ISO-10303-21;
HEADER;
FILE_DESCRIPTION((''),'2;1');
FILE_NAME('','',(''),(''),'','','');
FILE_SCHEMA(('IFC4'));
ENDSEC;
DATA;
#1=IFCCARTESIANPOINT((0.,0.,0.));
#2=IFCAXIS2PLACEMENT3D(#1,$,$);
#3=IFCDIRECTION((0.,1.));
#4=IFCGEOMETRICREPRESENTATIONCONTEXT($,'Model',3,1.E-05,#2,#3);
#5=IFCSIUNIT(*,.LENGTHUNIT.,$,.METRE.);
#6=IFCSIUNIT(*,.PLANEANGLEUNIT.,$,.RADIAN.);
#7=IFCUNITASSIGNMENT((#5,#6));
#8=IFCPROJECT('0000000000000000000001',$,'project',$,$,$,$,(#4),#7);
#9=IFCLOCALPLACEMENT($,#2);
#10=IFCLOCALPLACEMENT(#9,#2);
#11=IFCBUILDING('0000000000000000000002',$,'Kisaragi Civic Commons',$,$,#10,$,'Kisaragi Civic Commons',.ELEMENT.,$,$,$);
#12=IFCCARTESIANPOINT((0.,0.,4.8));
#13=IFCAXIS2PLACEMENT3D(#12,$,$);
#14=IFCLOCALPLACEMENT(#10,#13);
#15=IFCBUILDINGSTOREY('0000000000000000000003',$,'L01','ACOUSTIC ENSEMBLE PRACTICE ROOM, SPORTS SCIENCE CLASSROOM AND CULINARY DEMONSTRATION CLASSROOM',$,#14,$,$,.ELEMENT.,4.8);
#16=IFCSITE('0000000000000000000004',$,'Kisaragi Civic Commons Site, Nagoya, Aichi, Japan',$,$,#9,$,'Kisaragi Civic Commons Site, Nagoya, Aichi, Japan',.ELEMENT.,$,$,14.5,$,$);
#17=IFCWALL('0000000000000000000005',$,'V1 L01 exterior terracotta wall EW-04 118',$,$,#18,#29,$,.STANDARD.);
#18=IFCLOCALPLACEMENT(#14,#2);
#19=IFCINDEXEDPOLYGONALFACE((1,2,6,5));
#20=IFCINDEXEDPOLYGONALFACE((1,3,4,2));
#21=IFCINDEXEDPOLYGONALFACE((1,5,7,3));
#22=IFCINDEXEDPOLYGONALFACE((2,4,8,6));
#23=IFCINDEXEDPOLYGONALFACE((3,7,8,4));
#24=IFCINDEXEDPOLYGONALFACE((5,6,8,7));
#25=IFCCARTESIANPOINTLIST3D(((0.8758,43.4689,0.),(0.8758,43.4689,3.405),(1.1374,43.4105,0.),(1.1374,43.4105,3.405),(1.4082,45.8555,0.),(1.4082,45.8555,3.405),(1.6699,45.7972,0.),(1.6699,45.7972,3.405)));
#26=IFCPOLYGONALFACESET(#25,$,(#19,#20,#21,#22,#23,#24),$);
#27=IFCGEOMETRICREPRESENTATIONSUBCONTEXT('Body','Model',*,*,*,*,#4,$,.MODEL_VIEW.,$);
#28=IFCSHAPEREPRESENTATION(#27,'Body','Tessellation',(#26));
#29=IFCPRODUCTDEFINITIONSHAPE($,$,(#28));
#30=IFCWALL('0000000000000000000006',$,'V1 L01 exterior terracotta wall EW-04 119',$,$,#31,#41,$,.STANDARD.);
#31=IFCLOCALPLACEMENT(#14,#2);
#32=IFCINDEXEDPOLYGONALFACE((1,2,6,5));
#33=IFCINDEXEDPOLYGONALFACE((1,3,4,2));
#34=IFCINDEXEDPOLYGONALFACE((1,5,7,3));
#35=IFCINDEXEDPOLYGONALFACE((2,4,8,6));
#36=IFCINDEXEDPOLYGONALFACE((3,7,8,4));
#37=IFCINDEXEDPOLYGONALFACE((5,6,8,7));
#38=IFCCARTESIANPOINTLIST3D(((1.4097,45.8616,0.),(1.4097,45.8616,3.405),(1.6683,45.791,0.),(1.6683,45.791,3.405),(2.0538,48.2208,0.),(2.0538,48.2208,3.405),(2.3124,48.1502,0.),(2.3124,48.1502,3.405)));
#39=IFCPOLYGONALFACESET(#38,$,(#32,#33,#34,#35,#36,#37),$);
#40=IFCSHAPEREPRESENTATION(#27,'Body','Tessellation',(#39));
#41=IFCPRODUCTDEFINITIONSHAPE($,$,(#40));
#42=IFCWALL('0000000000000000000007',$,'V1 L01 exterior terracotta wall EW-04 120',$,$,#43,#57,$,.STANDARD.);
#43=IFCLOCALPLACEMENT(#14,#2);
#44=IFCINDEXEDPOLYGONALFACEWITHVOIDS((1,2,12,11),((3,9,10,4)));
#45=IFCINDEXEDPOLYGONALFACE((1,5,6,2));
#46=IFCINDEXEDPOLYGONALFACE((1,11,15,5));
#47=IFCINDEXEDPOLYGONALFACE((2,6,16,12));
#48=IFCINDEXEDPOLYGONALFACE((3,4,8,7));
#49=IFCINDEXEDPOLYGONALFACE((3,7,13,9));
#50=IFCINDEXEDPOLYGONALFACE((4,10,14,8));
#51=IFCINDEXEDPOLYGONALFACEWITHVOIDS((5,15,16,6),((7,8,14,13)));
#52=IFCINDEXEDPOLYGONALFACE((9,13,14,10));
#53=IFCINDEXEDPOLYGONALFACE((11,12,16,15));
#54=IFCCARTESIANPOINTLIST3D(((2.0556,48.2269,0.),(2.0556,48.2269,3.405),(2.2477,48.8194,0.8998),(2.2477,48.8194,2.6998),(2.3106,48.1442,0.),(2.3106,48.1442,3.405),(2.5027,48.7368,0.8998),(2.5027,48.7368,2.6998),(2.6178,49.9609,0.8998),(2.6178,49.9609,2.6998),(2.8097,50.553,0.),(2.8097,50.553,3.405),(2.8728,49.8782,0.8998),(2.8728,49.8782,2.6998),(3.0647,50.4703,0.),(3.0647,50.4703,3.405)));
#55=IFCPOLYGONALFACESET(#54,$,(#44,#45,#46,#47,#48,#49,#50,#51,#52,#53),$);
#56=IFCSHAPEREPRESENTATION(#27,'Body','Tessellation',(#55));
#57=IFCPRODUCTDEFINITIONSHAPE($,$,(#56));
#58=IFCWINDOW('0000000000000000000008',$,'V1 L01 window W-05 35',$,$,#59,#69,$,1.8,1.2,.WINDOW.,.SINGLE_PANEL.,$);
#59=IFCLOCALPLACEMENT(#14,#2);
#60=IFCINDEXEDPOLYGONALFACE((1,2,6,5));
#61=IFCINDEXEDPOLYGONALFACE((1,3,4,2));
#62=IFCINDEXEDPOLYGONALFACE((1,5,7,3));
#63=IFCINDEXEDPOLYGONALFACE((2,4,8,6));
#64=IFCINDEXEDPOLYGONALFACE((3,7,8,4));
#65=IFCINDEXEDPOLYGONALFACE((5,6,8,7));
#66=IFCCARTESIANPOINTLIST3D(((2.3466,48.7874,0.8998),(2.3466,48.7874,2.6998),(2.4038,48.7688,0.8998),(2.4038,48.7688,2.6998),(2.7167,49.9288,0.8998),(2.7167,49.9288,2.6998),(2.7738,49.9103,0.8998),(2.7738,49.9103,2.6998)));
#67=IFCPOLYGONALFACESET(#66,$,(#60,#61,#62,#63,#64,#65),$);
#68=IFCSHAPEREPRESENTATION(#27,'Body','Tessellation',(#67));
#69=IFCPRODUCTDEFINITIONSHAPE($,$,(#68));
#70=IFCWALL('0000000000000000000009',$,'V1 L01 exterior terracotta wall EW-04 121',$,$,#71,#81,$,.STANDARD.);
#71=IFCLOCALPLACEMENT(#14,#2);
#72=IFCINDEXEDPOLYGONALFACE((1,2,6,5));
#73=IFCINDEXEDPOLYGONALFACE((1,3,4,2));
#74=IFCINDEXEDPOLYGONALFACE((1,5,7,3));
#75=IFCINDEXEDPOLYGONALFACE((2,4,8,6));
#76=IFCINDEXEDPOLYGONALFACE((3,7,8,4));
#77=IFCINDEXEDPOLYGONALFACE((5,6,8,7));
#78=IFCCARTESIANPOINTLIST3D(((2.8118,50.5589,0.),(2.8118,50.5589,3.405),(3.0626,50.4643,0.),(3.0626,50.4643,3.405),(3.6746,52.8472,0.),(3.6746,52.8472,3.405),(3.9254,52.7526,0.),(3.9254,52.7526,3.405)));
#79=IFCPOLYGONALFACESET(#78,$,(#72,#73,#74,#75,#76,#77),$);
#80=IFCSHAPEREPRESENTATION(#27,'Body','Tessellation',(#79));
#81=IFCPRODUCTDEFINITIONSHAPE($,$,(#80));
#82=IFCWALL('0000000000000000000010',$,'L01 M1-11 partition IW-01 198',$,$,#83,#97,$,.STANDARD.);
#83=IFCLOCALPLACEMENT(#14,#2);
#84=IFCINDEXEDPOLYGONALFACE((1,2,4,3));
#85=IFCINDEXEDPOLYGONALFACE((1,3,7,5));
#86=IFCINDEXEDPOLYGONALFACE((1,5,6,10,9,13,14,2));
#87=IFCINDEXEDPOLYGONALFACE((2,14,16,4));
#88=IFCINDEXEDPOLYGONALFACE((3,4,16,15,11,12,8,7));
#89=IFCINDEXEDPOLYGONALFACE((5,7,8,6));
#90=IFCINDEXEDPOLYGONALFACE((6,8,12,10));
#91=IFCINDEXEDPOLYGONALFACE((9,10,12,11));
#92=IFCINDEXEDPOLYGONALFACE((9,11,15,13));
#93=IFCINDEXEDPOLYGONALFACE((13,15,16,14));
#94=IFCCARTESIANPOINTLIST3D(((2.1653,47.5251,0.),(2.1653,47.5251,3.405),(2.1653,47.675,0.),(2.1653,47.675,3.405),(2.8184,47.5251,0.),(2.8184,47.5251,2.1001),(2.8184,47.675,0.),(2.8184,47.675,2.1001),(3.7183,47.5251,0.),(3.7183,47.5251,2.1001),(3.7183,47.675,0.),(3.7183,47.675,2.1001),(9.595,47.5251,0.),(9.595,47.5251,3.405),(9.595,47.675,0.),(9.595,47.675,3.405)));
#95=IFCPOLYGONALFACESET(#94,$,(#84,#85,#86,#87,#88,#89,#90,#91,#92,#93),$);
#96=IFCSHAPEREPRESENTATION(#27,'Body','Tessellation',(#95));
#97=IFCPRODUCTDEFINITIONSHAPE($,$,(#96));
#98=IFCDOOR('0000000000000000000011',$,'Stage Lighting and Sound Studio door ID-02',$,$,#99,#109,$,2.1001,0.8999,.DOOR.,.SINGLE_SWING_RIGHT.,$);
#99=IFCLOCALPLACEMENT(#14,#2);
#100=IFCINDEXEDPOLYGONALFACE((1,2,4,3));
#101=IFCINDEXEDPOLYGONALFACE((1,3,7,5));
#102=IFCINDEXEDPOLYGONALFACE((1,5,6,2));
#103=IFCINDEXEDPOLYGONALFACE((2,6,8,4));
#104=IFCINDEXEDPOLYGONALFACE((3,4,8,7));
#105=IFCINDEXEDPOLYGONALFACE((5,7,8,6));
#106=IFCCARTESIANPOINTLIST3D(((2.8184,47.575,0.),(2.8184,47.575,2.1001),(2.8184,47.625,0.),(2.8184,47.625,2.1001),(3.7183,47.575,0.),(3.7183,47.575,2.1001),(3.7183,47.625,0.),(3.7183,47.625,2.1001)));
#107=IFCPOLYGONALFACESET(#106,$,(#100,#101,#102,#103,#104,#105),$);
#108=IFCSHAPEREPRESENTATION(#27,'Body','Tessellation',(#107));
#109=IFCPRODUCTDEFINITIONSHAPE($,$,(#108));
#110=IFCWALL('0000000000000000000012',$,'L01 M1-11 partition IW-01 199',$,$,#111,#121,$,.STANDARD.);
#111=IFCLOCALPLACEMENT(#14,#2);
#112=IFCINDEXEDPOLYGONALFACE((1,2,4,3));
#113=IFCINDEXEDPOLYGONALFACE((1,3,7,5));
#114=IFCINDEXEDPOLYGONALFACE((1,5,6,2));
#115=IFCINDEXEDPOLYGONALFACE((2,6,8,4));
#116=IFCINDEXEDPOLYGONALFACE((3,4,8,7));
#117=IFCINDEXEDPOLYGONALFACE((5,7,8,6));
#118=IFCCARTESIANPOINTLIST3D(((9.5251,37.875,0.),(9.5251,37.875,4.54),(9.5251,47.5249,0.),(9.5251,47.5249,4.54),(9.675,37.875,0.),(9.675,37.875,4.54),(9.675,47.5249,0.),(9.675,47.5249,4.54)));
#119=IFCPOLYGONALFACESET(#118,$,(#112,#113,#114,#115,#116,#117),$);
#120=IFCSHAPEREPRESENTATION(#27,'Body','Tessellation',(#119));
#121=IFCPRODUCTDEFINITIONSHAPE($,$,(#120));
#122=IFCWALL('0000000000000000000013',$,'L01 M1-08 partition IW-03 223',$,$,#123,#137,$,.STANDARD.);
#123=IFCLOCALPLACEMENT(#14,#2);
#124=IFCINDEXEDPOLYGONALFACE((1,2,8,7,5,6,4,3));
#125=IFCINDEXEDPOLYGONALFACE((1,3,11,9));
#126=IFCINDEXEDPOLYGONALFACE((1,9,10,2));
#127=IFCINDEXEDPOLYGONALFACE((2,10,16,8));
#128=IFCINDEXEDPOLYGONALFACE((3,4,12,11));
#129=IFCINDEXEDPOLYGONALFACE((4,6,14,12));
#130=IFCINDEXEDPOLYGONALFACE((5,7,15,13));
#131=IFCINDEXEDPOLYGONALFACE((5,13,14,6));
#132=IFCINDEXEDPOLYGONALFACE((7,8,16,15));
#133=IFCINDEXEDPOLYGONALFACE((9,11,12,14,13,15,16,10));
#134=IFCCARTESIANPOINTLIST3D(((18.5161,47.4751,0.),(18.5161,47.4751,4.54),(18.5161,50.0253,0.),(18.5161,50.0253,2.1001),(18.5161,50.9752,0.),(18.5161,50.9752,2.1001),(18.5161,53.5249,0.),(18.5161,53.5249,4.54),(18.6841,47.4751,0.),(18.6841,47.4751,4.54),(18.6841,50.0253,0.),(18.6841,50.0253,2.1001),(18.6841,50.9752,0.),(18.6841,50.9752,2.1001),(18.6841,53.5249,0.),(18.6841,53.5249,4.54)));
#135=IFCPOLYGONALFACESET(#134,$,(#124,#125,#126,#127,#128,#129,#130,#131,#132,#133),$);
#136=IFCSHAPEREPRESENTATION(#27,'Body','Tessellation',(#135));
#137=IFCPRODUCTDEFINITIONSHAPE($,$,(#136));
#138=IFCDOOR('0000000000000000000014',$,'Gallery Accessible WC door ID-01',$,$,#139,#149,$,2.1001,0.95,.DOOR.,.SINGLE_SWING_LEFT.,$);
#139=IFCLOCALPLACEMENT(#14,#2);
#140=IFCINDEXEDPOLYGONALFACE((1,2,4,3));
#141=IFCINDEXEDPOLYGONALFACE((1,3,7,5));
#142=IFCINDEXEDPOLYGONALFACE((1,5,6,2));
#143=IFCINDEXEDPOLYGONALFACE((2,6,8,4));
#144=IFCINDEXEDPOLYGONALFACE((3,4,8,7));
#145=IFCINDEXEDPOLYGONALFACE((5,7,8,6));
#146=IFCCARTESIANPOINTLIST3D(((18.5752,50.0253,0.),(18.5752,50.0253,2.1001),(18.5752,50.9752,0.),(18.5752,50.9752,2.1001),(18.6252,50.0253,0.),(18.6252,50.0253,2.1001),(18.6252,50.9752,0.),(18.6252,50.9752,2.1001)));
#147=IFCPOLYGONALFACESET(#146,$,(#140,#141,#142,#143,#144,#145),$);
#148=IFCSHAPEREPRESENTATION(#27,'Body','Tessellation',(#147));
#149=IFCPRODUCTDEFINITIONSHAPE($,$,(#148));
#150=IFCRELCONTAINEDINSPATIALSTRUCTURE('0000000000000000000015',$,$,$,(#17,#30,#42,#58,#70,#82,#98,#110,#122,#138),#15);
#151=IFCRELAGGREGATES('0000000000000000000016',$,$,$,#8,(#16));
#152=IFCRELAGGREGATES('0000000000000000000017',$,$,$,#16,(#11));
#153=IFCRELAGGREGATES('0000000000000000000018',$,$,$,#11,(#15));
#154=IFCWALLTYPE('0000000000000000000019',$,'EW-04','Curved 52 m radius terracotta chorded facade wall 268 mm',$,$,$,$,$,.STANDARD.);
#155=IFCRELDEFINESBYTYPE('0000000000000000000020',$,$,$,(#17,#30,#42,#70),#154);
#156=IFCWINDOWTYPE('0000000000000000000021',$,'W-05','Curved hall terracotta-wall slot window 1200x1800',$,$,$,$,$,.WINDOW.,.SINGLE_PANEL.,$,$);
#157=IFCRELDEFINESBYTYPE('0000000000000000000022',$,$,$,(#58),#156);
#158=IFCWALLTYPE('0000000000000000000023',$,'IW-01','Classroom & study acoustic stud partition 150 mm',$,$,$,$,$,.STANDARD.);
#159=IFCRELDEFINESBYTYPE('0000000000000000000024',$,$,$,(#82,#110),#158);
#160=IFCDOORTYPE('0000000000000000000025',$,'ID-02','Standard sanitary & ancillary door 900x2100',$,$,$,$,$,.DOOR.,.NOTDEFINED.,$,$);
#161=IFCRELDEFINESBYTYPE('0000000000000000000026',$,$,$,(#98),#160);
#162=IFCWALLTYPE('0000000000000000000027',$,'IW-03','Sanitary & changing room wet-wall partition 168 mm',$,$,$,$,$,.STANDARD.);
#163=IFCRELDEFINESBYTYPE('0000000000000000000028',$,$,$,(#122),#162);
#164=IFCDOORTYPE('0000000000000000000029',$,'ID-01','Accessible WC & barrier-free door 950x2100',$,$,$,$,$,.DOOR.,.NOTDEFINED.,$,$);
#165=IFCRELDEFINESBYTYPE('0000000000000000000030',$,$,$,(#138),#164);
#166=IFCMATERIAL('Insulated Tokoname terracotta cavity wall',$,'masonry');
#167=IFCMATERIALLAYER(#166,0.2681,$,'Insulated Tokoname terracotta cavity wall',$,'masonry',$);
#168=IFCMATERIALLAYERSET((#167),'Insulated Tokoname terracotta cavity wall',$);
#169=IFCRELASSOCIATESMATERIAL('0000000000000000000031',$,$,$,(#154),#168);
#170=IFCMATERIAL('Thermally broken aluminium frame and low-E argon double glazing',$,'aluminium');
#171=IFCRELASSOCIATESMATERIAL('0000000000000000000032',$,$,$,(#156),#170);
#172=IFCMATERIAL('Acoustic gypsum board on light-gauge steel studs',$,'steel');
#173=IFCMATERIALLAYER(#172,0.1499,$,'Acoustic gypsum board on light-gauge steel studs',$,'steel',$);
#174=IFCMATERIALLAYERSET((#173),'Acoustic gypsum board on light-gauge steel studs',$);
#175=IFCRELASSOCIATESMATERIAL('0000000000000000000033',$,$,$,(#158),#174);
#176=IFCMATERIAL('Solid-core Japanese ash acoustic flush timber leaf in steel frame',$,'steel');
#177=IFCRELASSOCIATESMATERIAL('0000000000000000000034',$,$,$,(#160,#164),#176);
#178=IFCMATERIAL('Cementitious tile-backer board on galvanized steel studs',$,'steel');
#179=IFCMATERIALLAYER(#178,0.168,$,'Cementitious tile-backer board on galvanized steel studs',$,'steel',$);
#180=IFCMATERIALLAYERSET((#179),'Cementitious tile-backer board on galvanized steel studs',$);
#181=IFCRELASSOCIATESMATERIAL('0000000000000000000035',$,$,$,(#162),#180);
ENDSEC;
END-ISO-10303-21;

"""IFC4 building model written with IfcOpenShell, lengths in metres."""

from ifc_helpers import new_model, si_unit, direction, frame, frame_2d, origin, place, context, subcontext, project, spatial, rectangle, extrude, material, layer, layer_set, type_object, element, fill, save


model = new_model("IFC4")

# Units and contexts
model_context = context("Model", 3, precision=1e-05, world=origin(), true_north=direction((0.0, 1.0)))
body_context = subcontext(model_context, "Body", "Model", "MODEL_VIEW")
ifc_project = project(units=[si_unit("LENGTHUNIT", "METRE"), si_unit("PLANEANGLEUNIT", "RADIAN")], contexts=[model_context])

# Site, building, storey
site_placement = place(None, origin())
site = spatial("IfcSite", under=ifc_project, at=site_placement, Name="Kisaragi Civic Commons Site, Nagoya, Aichi, Japan", LongName="Kisaragi Civic Commons Site, Nagoya, Aichi, Japan", CompositionType="ELEMENT", RefElevation=14.5)
building_placement = place(site_placement, origin())
building = spatial("IfcBuilding", under=site, at=building_placement, Name="Kisaragi Civic Commons", LongName="Kisaragi Civic Commons", CompositionType="ELEMENT")
storey_placement = place(building_placement, frame((0.0, 0.0, 4.8)))
storey = spatial("IfcBuildingStorey", under=building, at=storey_placement, Name="L01", Description="ACOUSTIC ENSEMBLE PRACTICE ROOM, SPORTS SCIENCE CLASSROOM AND CULINARY DEMONSTRATION CLASSROOM", CompositionType="ELEMENT", Elevation=4.8)

# Shared definitions
ifc_material_1 = material(Name="Insulated Tokoname terracotta cavity wall", Category="masonry")
ifc_layer_1 = layer(ifc_material_1, 0.2681, Name="Insulated Tokoname terracotta cavity wall", Category="masonry")
ifc_layer_set_1 = layer_set([ifc_layer_1], Name="Insulated Tokoname terracotta cavity wall")
wall_type_1 = type_object("IfcWallType", Name="EW-04", Description="Curved 52 m radius terracotta chorded facade wall 268 mm", PredefinedType="STANDARD", material=ifc_layer_set_1)

# Shared definitions
ifc_material_2 = material(Name="Thermally broken aluminium frame and low-E argon double glazing", Category="aluminium")
window_type = type_object("IfcWindowType", Name="W-05", Description="Curved hall terracotta-wall slot window 1200x1800", PartitioningType="SINGLE_PANEL", PredefinedType="WINDOW", material=ifc_material_2)

# Walls
wall_1_placement = place(storey_placement, frame((1.0066, 43.4397, 0.0), z_axis=(0.0, 0.0, 1.0), x_axis=(0.217744, 0.976006, 0.0)))
element("IfcWall", 1, at=wall_1_placement, inside=storey, type_object=wall_type_1, Name="V1 L01 exterior terracotta wall EW-04 118", PredefinedType="STANDARD", context=body_context, shape_type="SweptSolid", body=[
    extrude(rectangle(XDim=2.4453, YDim=0.2681, at=frame_2d((1.2227, 0.0))), origin(), (0.0, 0.0, 1.0), 3.405),
])
wall_2_placement = place(storey_placement, frame((1.5391, 45.8264, 0.0), z_axis=(0.0, 0.0, 1.0), x_axis=(0.263362, 0.964697, 0.0)))
element("IfcWall", 2, at=wall_2_placement, inside=storey, type_object=wall_type_1, Name="V1 L01 exterior terracotta wall EW-04 119", PredefinedType="STANDARD", context=body_context, shape_type="SweptSolid", body=[
    extrude(rectangle(XDim=2.4456, YDim=0.2681, at=frame_2d((1.2227, 0.0))), origin(), (0.0, 0.0, 1.0), 3.405),
])

# Wall, opening, window
wall_3_placement = place(storey_placement, frame((2.1831, 48.1855, 0.0), z_axis=(0.0, 0.0, 1.0), x_axis=(0.3084, 0.951257, 0.0)))
wall_3 = element("IfcWall", 3, at=wall_3_placement, inside=storey, type_object=wall_type_1, Name="V1 L01 exterior terracotta wall EW-04 120", PredefinedType="STANDARD", context=body_context, shape_type="SweptSolid", body=[
    extrude(rectangle(XDim=2.4453, YDim=0.2681, at=frame_2d((1.2227, 0.0))), origin(), (0.0, 0.0, 1.0), 3.405),
])
opening_1_placement = place(wall_3_placement, frame((0.6228, 0.0, 0.8999)))
opening_1 = element("IfcOpeningElement", 4, at=opening_1_placement, cuts=wall_3, PredefinedType="OPENING", context=body_context, shape_type="SweptSolid", body=[
    extrude(rectangle(XDim=1.2, YDim=1.8, at=frame_2d((0.6001, 0.8999))), frame((0.0, 0.144, 0.0), z_axis=(0.0, -1.0, 0.0), x_axis=(1.0, 0.0, 0.0)), (0.0, 0.0, 1.0), 0.2881),
])
window_1_placement = place(opening_1_placement, origin())
window_1 = element("IfcWindow", 5, at=window_1_placement, inside=storey, type_object=window_type, Name="V1 L01 window W-05 35", OverallHeight=1.8, OverallWidth=1.2, PartitioningType="SINGLE_PANEL", PredefinedType="WINDOW", context=body_context, shape_type="SweptSolid", body=[
    extrude(rectangle(XDim=1.2, YDim=1.8, at=frame_2d((0.6001, 0.8999))), frame((0.0, 0.03, 0.0), z_axis=(0.0, -1.0, 0.0), x_axis=(1.0, 0.0, 0.0)), (0.0, 0.0, 1.0), 0.0601),
])
fill(opening_1, window_1)

# Wall
wall_4_placement = place(storey_placement, frame((2.9373, 50.5117, 0.0), z_axis=(0.0, 0.0, 1.0), x_axis=(0.352797, 0.9357, 0.0)))
element("IfcWall", 6, at=wall_4_placement, inside=storey, type_object=wall_type_1, Name="V1 L01 exterior terracotta wall EW-04 121", PredefinedType="STANDARD", context=body_context, shape_type="SweptSolid", body=[
    extrude(rectangle(XDim=2.4456, YDim=0.2681, at=frame_2d((1.2227, 0.0))), origin(), (0.0, 0.0, 1.0), 3.405),
])

# Wall, opening, door
ifc_material_3 = material(Name="Acoustic gypsum board on light-gauge steel studs", Category="steel")
ifc_layer_2 = layer(ifc_material_3, 0.1499, Name="Acoustic gypsum board on light-gauge steel studs", Category="steel")
ifc_layer_set_2 = layer_set([ifc_layer_2], Name="Acoustic gypsum board on light-gauge steel studs")
wall_type_2 = type_object("IfcWallType", Name="IW-01", Description="Classroom & study acoustic stud partition 150 mm", PredefinedType="STANDARD", material=ifc_layer_set_2)
wall_5_placement = place(storey_placement, frame((2.1653, 47.6001, 0.0), z_axis=(0.0, 0.0, 1.0), x_axis=(1.0, 0.0, 0.0)))
wall_5 = element("IfcWall", 7, at=wall_5_placement, inside=storey, type_object=wall_type_2, Name="L01 M1-11 partition IW-01 198", PredefinedType="STANDARD", context=body_context, shape_type="SweptSolid", body=[
    extrude(rectangle(XDim=7.4297, YDim=0.1499, at=frame_2d((3.7148, 0.0))), origin(), (0.0, 0.0, 1.0), 3.405),
])
opening_2_placement = place(wall_5_placement, frame((0.6531, 0.0, 0.0)))
opening_2 = element("IfcOpeningElement", 8, at=opening_2_placement, cuts=wall_5, PredefinedType="OPENING", context=body_context, shape_type="SweptSolid", body=[
    extrude(rectangle(XDim=0.8999, YDim=2.1001, at=frame_2d((0.45, 1.05))), frame((0.0, 0.085, 0.0), z_axis=(0.0, -1.0, 0.0), x_axis=(1.0, 0.0, 0.0)), (0.0, 0.0, 1.0), 0.1699),
])
ifc_material_4 = material(Name="Solid-core Japanese ash acoustic flush timber leaf in steel frame", Category="steel")
door_type_1 = type_object("IfcDoorType", Name="ID-02", Description="Standard sanitary & ancillary door 900x2100", OperationType="NOTDEFINED", PredefinedType="DOOR", material=ifc_material_4)
door_1_placement = place(opening_2_placement, origin())
door_1 = element("IfcDoor", 9, at=door_1_placement, inside=storey, type_object=door_type_1, Name="Stage Lighting and Sound Studio door ID-02", OperationType="SINGLE_SWING_RIGHT", OverallHeight=2.1001, OverallWidth=0.8999, PredefinedType="DOOR", context=body_context, shape_type="SweptSolid", body=[
    extrude(rectangle(XDim=0.8999, YDim=2.1001, at=frame_2d((0.45, 1.05))), frame((0.0, 0.0249, 0.0), z_axis=(0.0, -1.0, 0.0), x_axis=(1.0, 0.0, 0.0)), (0.0, 0.0, 1.0), 0.05),
])
fill(opening_2, door_1)

# Wall
wall_6_placement = place(storey_placement, frame((9.6001, 47.5249, 0.0), z_axis=(0.0, 0.0, 1.0), x_axis=(0.0, -1.0, 0.0)))
element("IfcWall", 10, at=wall_6_placement, inside=storey, type_object=wall_type_2, Name="L01 M1-11 partition IW-01 199", PredefinedType="STANDARD", context=body_context, shape_type="SweptSolid", body=[
    extrude(rectangle(XDim=9.6499, YDim=0.1499, at=frame_2d((4.825, 0.0))), origin(), (0.0, 0.0, 1.0), 4.54),
])

# Wall, opening, door
ifc_material_5 = material(Name="Cementitious tile-backer board on galvanized steel studs", Category="steel")
ifc_layer_3 = layer(ifc_material_5, 0.168, Name="Cementitious tile-backer board on galvanized steel studs", Category="steel")
ifc_layer_set_3 = layer_set([ifc_layer_3], Name="Cementitious tile-backer board on galvanized steel studs")
wall_type_3 = type_object("IfcWallType", Name="IW-03", Description="Sanitary & changing room wet-wall partition 168 mm", PredefinedType="STANDARD", material=ifc_layer_set_3)
wall_7_placement = place(storey_placement, frame((18.6001, 47.4751, 0.0), z_axis=(0.0, 0.0, 1.0), x_axis=(0.0, 1.0, 0.0)))
wall_7 = element("IfcWall", 11, at=wall_7_placement, inside=storey, type_object=wall_type_3, Name="L01 M1-08 partition IW-03 223", PredefinedType="STANDARD", context=body_context, shape_type="SweptSolid", body=[
    extrude(rectangle(XDim=6.0498, YDim=0.168, at=frame_2d((3.0249, 0.0))), origin(), (0.0, 0.0, 1.0), 4.54),
])
opening_3_placement = place(wall_7_placement, frame((2.55, 0.0, 0.0)))
opening_3 = element("IfcOpeningElement", 12, at=opening_3_placement, cuts=wall_7, PredefinedType="OPENING", context=body_context, shape_type="SweptSolid", body=[
    extrude(rectangle(XDim=0.95, YDim=2.1001, at=frame_2d((0.4751, 1.05))), frame((0.0, 0.094, 0.0), z_axis=(0.0, -1.0, 0.0), x_axis=(1.0, 0.0, 0.0)), (0.0, 0.0, 1.0), 0.188),
])
door_type_2 = type_object("IfcDoorType", Name="ID-01", Description="Accessible WC & barrier-free door 950x2100", OperationType="NOTDEFINED", PredefinedType="DOOR", material=ifc_material_4)
door_2_placement = place(opening_3_placement, origin())
door_2 = element("IfcDoor", 13, at=door_2_placement, inside=storey, type_object=door_type_2, Name="Gallery Accessible WC door ID-01", OperationType="SINGLE_SWING_LEFT", OverallHeight=2.1001, OverallWidth=0.95, PredefinedType="DOOR", context=body_context, shape_type="SweptSolid", body=[
    extrude(rectangle(XDim=0.95, YDim=2.1001, at=frame_2d((0.4751, 1.05))), frame((0.0, 0.0249, 0.0), z_axis=(0.0, -1.0, 0.0), x_axis=(1.0, 0.0, 0.0)), (0.0, 0.0, 1.0), 0.05),
])
fill(opening_3, door_2)

save(model, "model.ifc")
